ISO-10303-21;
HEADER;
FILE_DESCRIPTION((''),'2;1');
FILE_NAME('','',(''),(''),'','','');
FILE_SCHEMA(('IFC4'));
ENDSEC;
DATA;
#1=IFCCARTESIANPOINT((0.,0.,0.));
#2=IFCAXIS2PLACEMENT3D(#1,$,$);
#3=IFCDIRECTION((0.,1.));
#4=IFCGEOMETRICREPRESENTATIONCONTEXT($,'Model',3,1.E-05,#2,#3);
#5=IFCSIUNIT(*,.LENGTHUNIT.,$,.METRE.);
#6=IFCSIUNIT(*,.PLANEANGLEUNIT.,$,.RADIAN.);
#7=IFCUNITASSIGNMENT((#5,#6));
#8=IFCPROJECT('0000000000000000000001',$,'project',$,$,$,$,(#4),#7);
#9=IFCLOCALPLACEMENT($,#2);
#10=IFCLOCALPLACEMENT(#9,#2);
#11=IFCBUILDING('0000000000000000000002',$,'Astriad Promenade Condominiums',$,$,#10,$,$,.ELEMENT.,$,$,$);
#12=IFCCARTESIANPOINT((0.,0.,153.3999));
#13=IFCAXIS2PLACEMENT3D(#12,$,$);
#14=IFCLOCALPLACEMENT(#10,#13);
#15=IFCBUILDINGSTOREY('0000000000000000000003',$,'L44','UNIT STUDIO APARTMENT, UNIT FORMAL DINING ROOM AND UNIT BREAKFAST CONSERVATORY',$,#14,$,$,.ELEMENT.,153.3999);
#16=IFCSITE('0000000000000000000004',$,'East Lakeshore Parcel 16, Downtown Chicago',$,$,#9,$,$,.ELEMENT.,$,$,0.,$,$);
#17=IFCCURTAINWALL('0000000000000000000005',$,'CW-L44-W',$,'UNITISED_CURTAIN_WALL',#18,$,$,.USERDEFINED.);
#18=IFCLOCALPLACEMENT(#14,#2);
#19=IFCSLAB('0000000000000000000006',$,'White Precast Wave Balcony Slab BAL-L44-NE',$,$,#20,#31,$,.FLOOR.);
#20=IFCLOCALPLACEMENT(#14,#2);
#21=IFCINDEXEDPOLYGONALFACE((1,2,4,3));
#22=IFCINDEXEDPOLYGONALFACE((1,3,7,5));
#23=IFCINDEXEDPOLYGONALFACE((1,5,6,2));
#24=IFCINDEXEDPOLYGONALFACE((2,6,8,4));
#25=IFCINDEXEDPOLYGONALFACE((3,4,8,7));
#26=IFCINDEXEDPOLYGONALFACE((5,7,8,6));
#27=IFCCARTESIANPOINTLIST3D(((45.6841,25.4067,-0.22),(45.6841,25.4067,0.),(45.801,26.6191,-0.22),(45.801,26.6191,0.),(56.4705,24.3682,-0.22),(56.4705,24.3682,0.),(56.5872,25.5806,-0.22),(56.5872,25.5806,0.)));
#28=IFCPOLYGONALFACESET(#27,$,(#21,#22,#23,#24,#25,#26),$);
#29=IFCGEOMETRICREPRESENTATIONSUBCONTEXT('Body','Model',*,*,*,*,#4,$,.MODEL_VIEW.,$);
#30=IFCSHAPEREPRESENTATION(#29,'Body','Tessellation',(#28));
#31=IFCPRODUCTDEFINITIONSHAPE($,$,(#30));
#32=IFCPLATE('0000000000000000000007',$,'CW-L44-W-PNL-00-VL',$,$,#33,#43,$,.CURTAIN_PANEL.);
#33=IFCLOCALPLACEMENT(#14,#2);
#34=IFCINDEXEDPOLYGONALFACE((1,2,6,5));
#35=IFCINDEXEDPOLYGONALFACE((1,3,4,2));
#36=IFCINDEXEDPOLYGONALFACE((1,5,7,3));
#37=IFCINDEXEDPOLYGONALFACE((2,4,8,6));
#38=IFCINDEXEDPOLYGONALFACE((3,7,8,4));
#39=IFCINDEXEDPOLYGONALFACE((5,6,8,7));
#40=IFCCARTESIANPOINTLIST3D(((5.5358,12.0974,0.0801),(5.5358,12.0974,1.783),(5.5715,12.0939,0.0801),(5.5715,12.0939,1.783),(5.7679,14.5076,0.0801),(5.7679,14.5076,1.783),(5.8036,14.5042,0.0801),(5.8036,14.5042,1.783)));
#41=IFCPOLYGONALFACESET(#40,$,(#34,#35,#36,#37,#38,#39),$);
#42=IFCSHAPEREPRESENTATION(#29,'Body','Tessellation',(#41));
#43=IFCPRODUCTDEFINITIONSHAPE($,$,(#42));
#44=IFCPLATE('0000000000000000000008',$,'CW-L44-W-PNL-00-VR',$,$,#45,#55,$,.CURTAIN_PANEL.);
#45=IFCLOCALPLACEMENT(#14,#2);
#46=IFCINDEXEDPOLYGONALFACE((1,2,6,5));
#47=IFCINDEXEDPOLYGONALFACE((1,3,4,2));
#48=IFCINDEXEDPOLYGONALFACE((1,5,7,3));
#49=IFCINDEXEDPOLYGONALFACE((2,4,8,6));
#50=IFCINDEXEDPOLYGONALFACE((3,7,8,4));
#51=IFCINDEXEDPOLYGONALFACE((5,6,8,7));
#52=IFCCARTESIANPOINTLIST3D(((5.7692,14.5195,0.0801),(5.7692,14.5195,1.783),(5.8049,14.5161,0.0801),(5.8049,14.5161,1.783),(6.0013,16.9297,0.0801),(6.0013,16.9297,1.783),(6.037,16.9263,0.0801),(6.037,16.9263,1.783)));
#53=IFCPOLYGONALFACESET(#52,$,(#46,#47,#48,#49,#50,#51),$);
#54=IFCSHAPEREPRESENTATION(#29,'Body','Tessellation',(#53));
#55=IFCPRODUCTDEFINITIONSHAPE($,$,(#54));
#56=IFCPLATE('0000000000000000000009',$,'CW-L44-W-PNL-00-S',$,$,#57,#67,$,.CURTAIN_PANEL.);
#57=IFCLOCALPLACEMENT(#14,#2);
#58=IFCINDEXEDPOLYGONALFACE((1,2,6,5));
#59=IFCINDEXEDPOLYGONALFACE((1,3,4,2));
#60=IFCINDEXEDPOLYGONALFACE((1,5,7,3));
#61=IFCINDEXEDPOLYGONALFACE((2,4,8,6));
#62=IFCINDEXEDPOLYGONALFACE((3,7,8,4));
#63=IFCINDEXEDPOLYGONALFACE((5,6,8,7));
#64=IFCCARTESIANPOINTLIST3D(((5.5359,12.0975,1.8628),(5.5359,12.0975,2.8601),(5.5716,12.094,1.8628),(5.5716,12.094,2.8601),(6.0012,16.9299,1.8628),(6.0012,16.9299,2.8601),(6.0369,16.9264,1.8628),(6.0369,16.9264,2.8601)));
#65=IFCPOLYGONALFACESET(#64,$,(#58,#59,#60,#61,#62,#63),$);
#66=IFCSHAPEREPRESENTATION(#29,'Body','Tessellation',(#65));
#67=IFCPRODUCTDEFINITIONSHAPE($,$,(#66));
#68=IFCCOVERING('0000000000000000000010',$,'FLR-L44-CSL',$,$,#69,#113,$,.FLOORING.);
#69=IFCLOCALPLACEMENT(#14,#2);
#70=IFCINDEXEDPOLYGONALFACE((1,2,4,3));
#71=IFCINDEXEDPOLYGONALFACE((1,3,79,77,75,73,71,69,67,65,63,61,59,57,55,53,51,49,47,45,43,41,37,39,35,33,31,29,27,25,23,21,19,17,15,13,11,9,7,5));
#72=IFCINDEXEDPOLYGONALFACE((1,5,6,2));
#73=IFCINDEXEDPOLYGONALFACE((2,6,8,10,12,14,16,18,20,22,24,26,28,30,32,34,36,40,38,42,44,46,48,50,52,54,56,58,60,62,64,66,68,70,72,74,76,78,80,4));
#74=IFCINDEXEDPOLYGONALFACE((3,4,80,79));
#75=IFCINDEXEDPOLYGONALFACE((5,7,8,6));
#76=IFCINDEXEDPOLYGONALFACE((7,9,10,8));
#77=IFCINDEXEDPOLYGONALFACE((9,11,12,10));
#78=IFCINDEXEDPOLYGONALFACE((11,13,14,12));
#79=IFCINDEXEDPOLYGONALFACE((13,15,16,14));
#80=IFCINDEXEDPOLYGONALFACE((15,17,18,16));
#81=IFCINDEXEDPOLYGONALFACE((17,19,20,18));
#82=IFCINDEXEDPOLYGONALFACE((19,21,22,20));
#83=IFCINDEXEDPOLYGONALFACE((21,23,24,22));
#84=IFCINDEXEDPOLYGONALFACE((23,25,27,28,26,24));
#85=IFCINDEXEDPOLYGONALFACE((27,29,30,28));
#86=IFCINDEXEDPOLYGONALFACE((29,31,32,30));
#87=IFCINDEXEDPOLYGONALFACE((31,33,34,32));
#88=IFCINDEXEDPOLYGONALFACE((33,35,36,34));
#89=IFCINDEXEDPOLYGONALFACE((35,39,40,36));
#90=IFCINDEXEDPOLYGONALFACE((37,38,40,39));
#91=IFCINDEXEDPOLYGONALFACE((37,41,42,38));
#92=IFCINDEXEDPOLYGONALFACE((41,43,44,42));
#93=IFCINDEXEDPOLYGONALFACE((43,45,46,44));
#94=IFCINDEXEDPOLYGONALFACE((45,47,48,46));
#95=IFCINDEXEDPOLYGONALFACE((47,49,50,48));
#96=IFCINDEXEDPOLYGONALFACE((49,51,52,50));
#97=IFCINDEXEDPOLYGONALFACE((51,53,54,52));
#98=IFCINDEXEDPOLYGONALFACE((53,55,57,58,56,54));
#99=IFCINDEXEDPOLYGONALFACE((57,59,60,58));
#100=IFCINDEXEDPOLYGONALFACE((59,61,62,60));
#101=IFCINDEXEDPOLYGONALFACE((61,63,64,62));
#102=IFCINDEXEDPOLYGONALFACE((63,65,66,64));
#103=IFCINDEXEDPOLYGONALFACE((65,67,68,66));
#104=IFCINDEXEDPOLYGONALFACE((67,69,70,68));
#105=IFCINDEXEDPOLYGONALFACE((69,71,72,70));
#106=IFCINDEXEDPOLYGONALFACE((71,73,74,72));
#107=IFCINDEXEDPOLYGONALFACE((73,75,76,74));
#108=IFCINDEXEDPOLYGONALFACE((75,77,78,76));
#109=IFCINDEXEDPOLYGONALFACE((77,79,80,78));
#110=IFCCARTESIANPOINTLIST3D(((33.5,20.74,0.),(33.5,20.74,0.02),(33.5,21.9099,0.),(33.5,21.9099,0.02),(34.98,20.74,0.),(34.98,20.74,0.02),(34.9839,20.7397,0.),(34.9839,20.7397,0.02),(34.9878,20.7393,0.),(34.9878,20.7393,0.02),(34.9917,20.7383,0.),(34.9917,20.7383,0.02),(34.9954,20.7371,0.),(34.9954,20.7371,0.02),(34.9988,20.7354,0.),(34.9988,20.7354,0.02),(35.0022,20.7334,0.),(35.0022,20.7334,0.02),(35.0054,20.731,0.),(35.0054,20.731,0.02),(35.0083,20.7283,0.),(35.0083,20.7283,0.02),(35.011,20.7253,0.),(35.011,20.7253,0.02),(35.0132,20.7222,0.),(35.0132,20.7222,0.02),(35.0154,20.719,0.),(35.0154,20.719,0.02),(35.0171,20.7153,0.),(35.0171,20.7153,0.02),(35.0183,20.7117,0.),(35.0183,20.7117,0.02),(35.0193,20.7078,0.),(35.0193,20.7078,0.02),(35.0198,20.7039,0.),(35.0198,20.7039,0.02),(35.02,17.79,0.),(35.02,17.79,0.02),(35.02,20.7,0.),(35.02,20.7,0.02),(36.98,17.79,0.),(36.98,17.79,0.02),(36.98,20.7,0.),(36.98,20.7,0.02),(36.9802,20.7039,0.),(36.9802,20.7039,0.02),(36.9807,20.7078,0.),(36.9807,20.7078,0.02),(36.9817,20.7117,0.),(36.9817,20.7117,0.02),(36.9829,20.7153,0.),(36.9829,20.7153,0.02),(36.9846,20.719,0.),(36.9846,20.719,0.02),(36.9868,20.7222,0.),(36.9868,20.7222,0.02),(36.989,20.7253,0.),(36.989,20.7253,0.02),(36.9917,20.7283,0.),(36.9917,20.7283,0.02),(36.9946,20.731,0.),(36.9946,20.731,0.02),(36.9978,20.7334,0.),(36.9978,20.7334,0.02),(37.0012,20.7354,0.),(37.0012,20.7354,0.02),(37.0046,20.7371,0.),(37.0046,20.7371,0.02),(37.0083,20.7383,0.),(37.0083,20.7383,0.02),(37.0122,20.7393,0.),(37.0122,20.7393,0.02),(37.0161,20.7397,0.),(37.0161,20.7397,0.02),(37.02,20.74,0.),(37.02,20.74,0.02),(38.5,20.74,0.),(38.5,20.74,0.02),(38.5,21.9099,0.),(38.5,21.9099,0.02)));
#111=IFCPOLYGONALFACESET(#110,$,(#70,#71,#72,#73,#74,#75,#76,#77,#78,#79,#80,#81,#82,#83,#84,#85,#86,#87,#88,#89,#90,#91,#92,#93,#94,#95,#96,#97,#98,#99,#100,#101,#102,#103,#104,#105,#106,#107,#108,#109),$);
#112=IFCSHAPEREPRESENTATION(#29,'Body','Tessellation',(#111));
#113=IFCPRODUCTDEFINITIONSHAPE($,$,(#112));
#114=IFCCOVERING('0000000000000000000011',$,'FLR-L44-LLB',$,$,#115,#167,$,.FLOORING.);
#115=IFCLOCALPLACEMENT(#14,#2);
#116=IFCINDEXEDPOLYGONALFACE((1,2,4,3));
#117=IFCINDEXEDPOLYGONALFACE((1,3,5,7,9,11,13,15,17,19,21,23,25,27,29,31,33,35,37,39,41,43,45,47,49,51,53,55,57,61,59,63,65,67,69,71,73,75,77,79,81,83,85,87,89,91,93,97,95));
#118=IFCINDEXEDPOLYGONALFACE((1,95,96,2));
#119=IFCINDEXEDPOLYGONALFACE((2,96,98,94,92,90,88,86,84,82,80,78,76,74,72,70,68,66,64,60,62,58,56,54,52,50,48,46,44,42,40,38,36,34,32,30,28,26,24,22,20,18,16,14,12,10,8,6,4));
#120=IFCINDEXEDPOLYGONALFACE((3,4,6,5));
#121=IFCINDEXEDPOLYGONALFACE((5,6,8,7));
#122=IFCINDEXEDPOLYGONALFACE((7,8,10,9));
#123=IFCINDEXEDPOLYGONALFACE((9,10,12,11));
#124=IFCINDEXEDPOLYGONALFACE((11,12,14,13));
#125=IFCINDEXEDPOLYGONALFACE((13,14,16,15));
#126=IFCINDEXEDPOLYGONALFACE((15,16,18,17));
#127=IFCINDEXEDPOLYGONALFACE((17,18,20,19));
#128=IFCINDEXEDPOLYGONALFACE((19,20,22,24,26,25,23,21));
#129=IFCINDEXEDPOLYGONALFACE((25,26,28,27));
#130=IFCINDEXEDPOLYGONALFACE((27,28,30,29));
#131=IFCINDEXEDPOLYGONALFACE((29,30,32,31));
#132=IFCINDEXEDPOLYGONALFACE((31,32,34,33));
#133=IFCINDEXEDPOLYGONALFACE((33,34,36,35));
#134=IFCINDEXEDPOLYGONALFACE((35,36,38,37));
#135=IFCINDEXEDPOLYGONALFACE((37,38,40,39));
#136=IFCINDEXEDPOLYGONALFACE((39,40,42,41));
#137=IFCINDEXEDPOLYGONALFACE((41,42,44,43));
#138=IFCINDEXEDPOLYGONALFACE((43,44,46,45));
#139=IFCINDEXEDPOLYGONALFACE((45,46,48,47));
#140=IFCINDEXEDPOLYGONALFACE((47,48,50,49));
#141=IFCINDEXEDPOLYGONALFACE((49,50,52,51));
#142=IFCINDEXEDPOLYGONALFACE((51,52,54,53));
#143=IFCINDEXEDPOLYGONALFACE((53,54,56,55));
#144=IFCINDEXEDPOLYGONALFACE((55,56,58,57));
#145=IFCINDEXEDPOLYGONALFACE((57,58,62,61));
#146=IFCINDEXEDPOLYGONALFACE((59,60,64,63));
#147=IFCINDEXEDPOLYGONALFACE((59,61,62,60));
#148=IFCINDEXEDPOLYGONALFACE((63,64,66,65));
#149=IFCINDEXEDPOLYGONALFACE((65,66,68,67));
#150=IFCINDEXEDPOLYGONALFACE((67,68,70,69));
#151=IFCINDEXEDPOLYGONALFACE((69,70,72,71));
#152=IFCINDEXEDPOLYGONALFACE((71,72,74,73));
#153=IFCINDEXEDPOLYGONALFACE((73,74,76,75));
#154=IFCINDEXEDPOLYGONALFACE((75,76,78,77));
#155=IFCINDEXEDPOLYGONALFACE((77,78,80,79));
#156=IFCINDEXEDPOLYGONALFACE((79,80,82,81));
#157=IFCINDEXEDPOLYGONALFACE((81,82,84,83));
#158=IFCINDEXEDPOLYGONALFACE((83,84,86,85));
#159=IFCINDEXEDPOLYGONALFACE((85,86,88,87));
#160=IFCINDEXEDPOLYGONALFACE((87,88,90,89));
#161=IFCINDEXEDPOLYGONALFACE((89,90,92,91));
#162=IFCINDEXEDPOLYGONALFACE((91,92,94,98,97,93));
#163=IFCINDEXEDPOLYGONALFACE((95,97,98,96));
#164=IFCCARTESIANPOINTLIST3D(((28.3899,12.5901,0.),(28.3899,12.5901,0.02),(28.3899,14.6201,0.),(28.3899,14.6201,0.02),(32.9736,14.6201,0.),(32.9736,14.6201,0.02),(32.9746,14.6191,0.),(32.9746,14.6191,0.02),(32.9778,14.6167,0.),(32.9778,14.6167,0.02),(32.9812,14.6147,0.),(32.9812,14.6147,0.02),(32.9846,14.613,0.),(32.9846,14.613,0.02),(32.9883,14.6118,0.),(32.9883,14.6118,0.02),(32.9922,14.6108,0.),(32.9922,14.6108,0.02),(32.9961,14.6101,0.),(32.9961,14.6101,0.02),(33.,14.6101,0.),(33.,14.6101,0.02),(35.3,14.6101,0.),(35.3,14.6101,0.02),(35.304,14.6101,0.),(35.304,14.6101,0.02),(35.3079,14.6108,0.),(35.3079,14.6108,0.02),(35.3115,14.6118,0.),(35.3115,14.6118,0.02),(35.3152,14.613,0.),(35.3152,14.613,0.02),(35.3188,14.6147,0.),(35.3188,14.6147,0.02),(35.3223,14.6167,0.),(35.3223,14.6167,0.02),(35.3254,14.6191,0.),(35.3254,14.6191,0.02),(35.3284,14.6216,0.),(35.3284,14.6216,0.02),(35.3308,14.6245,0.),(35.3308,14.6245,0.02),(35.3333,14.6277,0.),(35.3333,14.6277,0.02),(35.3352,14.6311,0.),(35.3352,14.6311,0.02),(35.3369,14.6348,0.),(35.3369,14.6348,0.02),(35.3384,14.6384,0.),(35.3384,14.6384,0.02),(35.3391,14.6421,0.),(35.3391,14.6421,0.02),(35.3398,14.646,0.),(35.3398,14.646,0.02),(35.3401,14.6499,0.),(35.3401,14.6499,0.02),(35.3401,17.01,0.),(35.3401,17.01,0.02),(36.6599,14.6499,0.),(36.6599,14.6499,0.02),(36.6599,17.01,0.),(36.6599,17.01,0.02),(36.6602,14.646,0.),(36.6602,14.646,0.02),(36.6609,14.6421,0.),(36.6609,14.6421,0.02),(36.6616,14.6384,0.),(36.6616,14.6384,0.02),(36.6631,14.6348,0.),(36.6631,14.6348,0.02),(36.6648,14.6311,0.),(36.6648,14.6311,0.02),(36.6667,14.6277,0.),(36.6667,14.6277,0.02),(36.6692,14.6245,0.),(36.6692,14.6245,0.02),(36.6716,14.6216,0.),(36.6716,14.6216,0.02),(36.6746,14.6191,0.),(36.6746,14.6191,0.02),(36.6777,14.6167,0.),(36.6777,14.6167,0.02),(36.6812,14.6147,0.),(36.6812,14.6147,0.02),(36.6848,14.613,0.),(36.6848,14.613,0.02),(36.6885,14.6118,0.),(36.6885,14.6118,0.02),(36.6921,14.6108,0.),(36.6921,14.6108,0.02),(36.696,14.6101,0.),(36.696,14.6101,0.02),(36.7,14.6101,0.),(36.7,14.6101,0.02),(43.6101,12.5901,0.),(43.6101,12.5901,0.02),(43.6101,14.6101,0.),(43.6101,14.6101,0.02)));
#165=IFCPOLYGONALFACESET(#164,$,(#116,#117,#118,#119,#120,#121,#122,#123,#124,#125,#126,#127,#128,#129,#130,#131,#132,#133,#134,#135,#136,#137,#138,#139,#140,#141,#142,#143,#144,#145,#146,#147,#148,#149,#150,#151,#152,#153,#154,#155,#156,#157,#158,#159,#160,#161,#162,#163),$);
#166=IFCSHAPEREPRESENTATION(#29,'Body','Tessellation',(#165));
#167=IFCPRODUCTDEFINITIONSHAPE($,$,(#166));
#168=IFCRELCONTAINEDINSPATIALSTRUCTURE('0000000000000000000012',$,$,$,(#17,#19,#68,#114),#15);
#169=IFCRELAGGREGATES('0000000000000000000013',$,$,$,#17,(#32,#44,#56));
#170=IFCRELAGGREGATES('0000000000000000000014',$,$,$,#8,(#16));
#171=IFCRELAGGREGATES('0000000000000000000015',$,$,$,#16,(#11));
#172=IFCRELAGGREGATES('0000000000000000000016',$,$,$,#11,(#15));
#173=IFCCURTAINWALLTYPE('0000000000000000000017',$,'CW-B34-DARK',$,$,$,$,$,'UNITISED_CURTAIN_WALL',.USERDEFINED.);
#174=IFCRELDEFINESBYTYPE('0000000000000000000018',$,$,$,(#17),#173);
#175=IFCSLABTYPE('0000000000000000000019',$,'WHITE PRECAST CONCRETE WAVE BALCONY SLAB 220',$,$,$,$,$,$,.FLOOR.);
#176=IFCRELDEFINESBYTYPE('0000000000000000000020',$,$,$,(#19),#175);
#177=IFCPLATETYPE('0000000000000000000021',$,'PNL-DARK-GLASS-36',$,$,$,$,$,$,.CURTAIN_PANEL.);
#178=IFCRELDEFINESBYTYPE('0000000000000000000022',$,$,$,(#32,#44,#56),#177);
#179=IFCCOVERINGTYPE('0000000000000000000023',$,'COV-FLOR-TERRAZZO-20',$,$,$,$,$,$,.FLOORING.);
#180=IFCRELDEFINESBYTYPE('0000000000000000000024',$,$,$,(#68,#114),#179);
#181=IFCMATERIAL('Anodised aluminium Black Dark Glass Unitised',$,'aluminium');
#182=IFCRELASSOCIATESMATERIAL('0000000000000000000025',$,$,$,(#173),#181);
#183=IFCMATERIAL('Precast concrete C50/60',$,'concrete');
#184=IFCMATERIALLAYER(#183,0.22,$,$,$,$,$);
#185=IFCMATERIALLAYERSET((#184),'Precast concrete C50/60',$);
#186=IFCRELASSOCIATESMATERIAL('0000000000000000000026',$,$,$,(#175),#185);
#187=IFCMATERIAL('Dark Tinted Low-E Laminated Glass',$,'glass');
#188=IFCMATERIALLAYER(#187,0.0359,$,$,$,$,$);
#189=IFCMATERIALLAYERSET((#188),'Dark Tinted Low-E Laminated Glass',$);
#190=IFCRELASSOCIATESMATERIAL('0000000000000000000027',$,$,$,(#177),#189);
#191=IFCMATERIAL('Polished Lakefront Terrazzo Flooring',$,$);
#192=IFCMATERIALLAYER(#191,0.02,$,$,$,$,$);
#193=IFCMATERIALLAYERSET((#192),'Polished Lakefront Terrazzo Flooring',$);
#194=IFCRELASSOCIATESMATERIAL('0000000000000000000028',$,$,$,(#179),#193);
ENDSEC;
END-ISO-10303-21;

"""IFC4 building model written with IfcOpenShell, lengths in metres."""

from ifc_helpers import new_model, si_unit, direction, frame, origin, origin_2d, place, context, subcontext, project, spatial, polyline, rectangle, outline, extrude, source, transform, mapped, material, layer, layer_set, type_object, type_shapes, element, aggregate, save


model = new_model("IFC4")

# Units and contexts
model_context = context("Model", 3, precision=1e-05, world=origin(), true_north=direction((0.0, 1.0)))
body_context = subcontext(model_context, "Body", "Model", "MODEL_VIEW")
ifc_project = project(units=[si_unit("LENGTHUNIT", "METRE"), si_unit("PLANEANGLEUNIT", "RADIAN")], contexts=[model_context])

# Site, building, storey
site_placement = place(None, origin())
site = spatial("IfcSite", under=ifc_project, at=site_placement, Name="East Lakeshore Parcel 16, Downtown Chicago", CompositionType="ELEMENT", RefElevation=0.0)
building_placement = place(site_placement, origin())
building = spatial("IfcBuilding", under=site, at=building_placement, Name="Astriad Promenade Condominiums", CompositionType="ELEMENT")
storey_placement = place(building_placement, frame((0.0, 0.0, 153.3999)))
storey = spatial("IfcBuildingStorey", under=building, at=storey_placement, Name="L44", Description="UNIT STUDIO APARTMENT, UNIT FORMAL DINING ROOM AND UNIT BREAKFAST CONSERVATORY", CompositionType="ELEMENT", Elevation=153.3999)

# Curtain wall
ifc_material_1 = material(Name="Anodised aluminium Black Dark Glass Unitised", Category="aluminium")
curtain_wall_type = type_object("IfcCurtainWallType", Name="CW-B34-DARK", ElementType="UNITISED_CURTAIN_WALL", PredefinedType="USERDEFINED", material=ifc_material_1)
curtain_wall_placement = place(storey_placement, origin())
curtain_wall = element("IfcCurtainWall", 1, at=curtain_wall_placement, inside=storey, type_object=curtain_wall_type, Name="CW-L44-W", ObjectType="UNITISED_CURTAIN_WALL", PredefinedType="USERDEFINED")

# Slab
ifc_material_2 = material(Name="Precast concrete C50/60", Category="concrete")
ifc_layer_1 = layer(ifc_material_2, 0.22)
ifc_layer_set_1 = layer_set([ifc_layer_1], Name="Precast concrete C50/60")
slab_type_1 = type_object("IfcSlabType", Name="WHITE PRECAST CONCRETE WAVE BALCONY SLAB 220", PredefinedType="FLOOR", material=ifc_layer_set_1)
slab_1_placement = place(storey_placement, frame((0.0, 0.0, -0.22)))
element("IfcSlab", 2, at=slab_1_placement, inside=storey, type_object=slab_type_1, Name="White Precast Wave Balcony Slab BAL-L44-NE", PredefinedType="FLOOR", context=body_context, shape_type="SweptSolid", body=[
    extrude(outline(polyline([(45.801, 26.6191), (56.5872, 25.5806), (56.4705, 24.3682), (45.6841, 25.4067), (45.801, 26.6191)])), origin(), (0.0, 0.0, 1.0), 0.22),
])

# Plates
ifc_material_3 = material(Name="Dark Tinted Low-E Laminated Glass", Category="glass")
ifc_layer_2 = layer(ifc_material_3, 0.0359)
ifc_layer_set_2 = layer_set([ifc_layer_2], Name="Dark Tinted Low-E Laminated Glass")
plate_type = type_object("IfcPlateType", Name="PNL-DARK-GLASS-36", PredefinedType="CURTAIN_PANEL", material=ifc_layer_set_2)
shared_shape_1 = source(origin(), body_context, "Body", "SweptSolid", [
    extrude(rectangle(XDim=2.4214, YDim=0.0359, at=origin_2d()), origin(), (0.0, 0.0, 1.0), 1.7029),
])
plate_1_placement = place(storey_placement, frame((5.6697, 13.3008, 0.0801), z_axis=(0.0, 0.0, 1.0), x_axis=(0.095846, 0.995396, 0.0)))
plate_1 = element("IfcPlate", 3, at=plate_1_placement, type_object=plate_type, Name="CW-L44-W-PNL-00-VL", PredefinedType="CURTAIN_PANEL", context=body_context, shape_type="MappedRepresentation", body=[
    mapped(shared_shape_1, transform((0.0, 0.0, 0.0), scale=1.0)),
])
plate_2_placement = place(storey_placement, frame((5.9031, 15.7229, 0.0801), z_axis=(0.0, 0.0, 1.0), x_axis=(0.095846, 0.995396, 0.0)))
plate_2 = element("IfcPlate", 4, at=plate_2_placement, type_object=plate_type, Name="CW-L44-W-PNL-00-VR", PredefinedType="CURTAIN_PANEL", context=body_context, shape_type="MappedRepresentation", body=[
    mapped(shared_shape_1, transform((0.0, 0.0, 0.0), scale=1.0)),
])
shared_shape_2 = source(origin(), body_context, "Body", "SweptSolid", [
    extrude(rectangle(XDim=4.8547, YDim=0.0359, at=origin_2d()), origin(), (0.0, 0.0, 1.0), 0.9973),
])
type_shapes(plate_type, [shared_shape_1, shared_shape_2])
plate_3_placement = place(storey_placement, frame((5.7864, 14.512, 1.8628), z_axis=(0.0, 0.0, 1.0), x_axis=(0.095846, 0.995396, 0.0)))
plate_3 = element("IfcPlate", 5, at=plate_3_placement, type_object=plate_type, Name="CW-L44-W-PNL-00-S", PredefinedType="CURTAIN_PANEL", context=body_context, shape_type="MappedRepresentation", body=[
    mapped(shared_shape_2, transform((0.0, 0.0, 0.0), scale=1.0)),
])
aggregate(curtain_wall, [plate_1, plate_2, plate_3])

# Coverings
ifc_material_4 = material(Name="Polished Lakefront Terrazzo Flooring")
ifc_layer_3 = layer(ifc_material_4, 0.02)
ifc_layer_set_3 = layer_set([ifc_layer_3], Name="Polished Lakefront Terrazzo Flooring")
covering_type = type_object("IfcCoveringType", Name="COV-FLOR-TERRAZZO-20", PredefinedType="FLOORING", material=ifc_layer_set_3)
covering_1_placement = place(storey_placement, origin())
element("IfcCovering", 6, at=covering_1_placement, inside=storey, type_object=covering_type, Name="FLR-L44-CSL", PredefinedType="FLOORING", context=body_context, shape_type="SweptSolid", body=[
    extrude(outline(polyline([(36.98, 20.7), (36.98, 17.79), (35.02, 17.79), (35.02, 20.7), (35.0198, 20.7039), (35.0193, 20.7078), (35.0183, 20.7117), (35.0171, 20.7153), (35.0154, 20.719), (35.0132, 20.7222), (35.011, 20.7253), (35.0083, 20.7283), (35.0054, 20.731), (35.0022, 20.7334), (34.9988, 20.7354), (34.9954, 20.7371), (34.9917, 20.7383), (34.9878, 20.7393), (34.9839, 20.7397), (34.98, 20.74), (33.5, 20.74), (33.5, 21.9099), (38.5, 21.9099), (38.5, 20.74), (37.02, 20.74), (37.0161, 20.7397), (37.0122, 20.7393), (37.0083, 20.7383), (37.0046, 20.7371), (37.0012, 20.7354), (36.9978, 20.7334), (36.9946, 20.731), (36.9917, 20.7283), (36.989, 20.7253), (36.9868, 20.7222), (36.9846, 20.719), (36.9829, 20.7153), (36.9817, 20.7117), (36.9807, 20.7078), (36.9802, 20.7039), (36.98, 20.7)])), origin(), (0.0, 0.0, 1.0), 0.02),
])
covering_2_placement = place(storey_placement, origin())
element("IfcCovering", 7, at=covering_2_placement, inside=storey, type_object=covering_type, Name="FLR-L44-LLB", PredefinedType="FLOORING", context=body_context, shape_type="SweptSolid", body=[
    extrude(outline(polyline([(32.9736, 14.6201), (32.9746, 14.6191), (32.9778, 14.6167), (32.9812, 14.6147), (32.9846, 14.613), (32.9883, 14.6118), (32.9922, 14.6108), (32.9961, 14.6101), (33.0, 14.6101), (35.3, 14.6101), (35.304, 14.6101), (35.3079, 14.6108), (35.3115, 14.6118), (35.3152, 14.613), (35.3188, 14.6147), (35.3223, 14.6167), (35.3254, 14.6191), (35.3284, 14.6216), (35.3308, 14.6245), (35.3333, 14.6277), (35.3352, 14.6311), (35.3369, 14.6348), (35.3384, 14.6384), (35.3391, 14.6421), (35.3398, 14.646), (35.3401, 14.6499), (35.3401, 17.01), (36.6599, 17.01), (36.6599, 14.6499), (36.6602, 14.646), (36.6609, 14.6421), (36.6616, 14.6384), (36.6631, 14.6348), (36.6648, 14.6311), (36.6667, 14.6277), (36.6692, 14.6245), (36.6716, 14.6216), (36.6746, 14.6191), (36.6777, 14.6167), (36.6812, 14.6147), (36.6848, 14.613), (36.6885, 14.6118), (36.6921, 14.6108), (36.696, 14.6101), (36.7, 14.6101), (43.6101, 14.6101), (43.6101, 12.5901), (28.3899, 12.5901), (28.3899, 14.6201), (32.9736, 14.6201)])), origin(), (0.0, 0.0, 1.0), 0.02),
])

save(model, "model.ifc")
